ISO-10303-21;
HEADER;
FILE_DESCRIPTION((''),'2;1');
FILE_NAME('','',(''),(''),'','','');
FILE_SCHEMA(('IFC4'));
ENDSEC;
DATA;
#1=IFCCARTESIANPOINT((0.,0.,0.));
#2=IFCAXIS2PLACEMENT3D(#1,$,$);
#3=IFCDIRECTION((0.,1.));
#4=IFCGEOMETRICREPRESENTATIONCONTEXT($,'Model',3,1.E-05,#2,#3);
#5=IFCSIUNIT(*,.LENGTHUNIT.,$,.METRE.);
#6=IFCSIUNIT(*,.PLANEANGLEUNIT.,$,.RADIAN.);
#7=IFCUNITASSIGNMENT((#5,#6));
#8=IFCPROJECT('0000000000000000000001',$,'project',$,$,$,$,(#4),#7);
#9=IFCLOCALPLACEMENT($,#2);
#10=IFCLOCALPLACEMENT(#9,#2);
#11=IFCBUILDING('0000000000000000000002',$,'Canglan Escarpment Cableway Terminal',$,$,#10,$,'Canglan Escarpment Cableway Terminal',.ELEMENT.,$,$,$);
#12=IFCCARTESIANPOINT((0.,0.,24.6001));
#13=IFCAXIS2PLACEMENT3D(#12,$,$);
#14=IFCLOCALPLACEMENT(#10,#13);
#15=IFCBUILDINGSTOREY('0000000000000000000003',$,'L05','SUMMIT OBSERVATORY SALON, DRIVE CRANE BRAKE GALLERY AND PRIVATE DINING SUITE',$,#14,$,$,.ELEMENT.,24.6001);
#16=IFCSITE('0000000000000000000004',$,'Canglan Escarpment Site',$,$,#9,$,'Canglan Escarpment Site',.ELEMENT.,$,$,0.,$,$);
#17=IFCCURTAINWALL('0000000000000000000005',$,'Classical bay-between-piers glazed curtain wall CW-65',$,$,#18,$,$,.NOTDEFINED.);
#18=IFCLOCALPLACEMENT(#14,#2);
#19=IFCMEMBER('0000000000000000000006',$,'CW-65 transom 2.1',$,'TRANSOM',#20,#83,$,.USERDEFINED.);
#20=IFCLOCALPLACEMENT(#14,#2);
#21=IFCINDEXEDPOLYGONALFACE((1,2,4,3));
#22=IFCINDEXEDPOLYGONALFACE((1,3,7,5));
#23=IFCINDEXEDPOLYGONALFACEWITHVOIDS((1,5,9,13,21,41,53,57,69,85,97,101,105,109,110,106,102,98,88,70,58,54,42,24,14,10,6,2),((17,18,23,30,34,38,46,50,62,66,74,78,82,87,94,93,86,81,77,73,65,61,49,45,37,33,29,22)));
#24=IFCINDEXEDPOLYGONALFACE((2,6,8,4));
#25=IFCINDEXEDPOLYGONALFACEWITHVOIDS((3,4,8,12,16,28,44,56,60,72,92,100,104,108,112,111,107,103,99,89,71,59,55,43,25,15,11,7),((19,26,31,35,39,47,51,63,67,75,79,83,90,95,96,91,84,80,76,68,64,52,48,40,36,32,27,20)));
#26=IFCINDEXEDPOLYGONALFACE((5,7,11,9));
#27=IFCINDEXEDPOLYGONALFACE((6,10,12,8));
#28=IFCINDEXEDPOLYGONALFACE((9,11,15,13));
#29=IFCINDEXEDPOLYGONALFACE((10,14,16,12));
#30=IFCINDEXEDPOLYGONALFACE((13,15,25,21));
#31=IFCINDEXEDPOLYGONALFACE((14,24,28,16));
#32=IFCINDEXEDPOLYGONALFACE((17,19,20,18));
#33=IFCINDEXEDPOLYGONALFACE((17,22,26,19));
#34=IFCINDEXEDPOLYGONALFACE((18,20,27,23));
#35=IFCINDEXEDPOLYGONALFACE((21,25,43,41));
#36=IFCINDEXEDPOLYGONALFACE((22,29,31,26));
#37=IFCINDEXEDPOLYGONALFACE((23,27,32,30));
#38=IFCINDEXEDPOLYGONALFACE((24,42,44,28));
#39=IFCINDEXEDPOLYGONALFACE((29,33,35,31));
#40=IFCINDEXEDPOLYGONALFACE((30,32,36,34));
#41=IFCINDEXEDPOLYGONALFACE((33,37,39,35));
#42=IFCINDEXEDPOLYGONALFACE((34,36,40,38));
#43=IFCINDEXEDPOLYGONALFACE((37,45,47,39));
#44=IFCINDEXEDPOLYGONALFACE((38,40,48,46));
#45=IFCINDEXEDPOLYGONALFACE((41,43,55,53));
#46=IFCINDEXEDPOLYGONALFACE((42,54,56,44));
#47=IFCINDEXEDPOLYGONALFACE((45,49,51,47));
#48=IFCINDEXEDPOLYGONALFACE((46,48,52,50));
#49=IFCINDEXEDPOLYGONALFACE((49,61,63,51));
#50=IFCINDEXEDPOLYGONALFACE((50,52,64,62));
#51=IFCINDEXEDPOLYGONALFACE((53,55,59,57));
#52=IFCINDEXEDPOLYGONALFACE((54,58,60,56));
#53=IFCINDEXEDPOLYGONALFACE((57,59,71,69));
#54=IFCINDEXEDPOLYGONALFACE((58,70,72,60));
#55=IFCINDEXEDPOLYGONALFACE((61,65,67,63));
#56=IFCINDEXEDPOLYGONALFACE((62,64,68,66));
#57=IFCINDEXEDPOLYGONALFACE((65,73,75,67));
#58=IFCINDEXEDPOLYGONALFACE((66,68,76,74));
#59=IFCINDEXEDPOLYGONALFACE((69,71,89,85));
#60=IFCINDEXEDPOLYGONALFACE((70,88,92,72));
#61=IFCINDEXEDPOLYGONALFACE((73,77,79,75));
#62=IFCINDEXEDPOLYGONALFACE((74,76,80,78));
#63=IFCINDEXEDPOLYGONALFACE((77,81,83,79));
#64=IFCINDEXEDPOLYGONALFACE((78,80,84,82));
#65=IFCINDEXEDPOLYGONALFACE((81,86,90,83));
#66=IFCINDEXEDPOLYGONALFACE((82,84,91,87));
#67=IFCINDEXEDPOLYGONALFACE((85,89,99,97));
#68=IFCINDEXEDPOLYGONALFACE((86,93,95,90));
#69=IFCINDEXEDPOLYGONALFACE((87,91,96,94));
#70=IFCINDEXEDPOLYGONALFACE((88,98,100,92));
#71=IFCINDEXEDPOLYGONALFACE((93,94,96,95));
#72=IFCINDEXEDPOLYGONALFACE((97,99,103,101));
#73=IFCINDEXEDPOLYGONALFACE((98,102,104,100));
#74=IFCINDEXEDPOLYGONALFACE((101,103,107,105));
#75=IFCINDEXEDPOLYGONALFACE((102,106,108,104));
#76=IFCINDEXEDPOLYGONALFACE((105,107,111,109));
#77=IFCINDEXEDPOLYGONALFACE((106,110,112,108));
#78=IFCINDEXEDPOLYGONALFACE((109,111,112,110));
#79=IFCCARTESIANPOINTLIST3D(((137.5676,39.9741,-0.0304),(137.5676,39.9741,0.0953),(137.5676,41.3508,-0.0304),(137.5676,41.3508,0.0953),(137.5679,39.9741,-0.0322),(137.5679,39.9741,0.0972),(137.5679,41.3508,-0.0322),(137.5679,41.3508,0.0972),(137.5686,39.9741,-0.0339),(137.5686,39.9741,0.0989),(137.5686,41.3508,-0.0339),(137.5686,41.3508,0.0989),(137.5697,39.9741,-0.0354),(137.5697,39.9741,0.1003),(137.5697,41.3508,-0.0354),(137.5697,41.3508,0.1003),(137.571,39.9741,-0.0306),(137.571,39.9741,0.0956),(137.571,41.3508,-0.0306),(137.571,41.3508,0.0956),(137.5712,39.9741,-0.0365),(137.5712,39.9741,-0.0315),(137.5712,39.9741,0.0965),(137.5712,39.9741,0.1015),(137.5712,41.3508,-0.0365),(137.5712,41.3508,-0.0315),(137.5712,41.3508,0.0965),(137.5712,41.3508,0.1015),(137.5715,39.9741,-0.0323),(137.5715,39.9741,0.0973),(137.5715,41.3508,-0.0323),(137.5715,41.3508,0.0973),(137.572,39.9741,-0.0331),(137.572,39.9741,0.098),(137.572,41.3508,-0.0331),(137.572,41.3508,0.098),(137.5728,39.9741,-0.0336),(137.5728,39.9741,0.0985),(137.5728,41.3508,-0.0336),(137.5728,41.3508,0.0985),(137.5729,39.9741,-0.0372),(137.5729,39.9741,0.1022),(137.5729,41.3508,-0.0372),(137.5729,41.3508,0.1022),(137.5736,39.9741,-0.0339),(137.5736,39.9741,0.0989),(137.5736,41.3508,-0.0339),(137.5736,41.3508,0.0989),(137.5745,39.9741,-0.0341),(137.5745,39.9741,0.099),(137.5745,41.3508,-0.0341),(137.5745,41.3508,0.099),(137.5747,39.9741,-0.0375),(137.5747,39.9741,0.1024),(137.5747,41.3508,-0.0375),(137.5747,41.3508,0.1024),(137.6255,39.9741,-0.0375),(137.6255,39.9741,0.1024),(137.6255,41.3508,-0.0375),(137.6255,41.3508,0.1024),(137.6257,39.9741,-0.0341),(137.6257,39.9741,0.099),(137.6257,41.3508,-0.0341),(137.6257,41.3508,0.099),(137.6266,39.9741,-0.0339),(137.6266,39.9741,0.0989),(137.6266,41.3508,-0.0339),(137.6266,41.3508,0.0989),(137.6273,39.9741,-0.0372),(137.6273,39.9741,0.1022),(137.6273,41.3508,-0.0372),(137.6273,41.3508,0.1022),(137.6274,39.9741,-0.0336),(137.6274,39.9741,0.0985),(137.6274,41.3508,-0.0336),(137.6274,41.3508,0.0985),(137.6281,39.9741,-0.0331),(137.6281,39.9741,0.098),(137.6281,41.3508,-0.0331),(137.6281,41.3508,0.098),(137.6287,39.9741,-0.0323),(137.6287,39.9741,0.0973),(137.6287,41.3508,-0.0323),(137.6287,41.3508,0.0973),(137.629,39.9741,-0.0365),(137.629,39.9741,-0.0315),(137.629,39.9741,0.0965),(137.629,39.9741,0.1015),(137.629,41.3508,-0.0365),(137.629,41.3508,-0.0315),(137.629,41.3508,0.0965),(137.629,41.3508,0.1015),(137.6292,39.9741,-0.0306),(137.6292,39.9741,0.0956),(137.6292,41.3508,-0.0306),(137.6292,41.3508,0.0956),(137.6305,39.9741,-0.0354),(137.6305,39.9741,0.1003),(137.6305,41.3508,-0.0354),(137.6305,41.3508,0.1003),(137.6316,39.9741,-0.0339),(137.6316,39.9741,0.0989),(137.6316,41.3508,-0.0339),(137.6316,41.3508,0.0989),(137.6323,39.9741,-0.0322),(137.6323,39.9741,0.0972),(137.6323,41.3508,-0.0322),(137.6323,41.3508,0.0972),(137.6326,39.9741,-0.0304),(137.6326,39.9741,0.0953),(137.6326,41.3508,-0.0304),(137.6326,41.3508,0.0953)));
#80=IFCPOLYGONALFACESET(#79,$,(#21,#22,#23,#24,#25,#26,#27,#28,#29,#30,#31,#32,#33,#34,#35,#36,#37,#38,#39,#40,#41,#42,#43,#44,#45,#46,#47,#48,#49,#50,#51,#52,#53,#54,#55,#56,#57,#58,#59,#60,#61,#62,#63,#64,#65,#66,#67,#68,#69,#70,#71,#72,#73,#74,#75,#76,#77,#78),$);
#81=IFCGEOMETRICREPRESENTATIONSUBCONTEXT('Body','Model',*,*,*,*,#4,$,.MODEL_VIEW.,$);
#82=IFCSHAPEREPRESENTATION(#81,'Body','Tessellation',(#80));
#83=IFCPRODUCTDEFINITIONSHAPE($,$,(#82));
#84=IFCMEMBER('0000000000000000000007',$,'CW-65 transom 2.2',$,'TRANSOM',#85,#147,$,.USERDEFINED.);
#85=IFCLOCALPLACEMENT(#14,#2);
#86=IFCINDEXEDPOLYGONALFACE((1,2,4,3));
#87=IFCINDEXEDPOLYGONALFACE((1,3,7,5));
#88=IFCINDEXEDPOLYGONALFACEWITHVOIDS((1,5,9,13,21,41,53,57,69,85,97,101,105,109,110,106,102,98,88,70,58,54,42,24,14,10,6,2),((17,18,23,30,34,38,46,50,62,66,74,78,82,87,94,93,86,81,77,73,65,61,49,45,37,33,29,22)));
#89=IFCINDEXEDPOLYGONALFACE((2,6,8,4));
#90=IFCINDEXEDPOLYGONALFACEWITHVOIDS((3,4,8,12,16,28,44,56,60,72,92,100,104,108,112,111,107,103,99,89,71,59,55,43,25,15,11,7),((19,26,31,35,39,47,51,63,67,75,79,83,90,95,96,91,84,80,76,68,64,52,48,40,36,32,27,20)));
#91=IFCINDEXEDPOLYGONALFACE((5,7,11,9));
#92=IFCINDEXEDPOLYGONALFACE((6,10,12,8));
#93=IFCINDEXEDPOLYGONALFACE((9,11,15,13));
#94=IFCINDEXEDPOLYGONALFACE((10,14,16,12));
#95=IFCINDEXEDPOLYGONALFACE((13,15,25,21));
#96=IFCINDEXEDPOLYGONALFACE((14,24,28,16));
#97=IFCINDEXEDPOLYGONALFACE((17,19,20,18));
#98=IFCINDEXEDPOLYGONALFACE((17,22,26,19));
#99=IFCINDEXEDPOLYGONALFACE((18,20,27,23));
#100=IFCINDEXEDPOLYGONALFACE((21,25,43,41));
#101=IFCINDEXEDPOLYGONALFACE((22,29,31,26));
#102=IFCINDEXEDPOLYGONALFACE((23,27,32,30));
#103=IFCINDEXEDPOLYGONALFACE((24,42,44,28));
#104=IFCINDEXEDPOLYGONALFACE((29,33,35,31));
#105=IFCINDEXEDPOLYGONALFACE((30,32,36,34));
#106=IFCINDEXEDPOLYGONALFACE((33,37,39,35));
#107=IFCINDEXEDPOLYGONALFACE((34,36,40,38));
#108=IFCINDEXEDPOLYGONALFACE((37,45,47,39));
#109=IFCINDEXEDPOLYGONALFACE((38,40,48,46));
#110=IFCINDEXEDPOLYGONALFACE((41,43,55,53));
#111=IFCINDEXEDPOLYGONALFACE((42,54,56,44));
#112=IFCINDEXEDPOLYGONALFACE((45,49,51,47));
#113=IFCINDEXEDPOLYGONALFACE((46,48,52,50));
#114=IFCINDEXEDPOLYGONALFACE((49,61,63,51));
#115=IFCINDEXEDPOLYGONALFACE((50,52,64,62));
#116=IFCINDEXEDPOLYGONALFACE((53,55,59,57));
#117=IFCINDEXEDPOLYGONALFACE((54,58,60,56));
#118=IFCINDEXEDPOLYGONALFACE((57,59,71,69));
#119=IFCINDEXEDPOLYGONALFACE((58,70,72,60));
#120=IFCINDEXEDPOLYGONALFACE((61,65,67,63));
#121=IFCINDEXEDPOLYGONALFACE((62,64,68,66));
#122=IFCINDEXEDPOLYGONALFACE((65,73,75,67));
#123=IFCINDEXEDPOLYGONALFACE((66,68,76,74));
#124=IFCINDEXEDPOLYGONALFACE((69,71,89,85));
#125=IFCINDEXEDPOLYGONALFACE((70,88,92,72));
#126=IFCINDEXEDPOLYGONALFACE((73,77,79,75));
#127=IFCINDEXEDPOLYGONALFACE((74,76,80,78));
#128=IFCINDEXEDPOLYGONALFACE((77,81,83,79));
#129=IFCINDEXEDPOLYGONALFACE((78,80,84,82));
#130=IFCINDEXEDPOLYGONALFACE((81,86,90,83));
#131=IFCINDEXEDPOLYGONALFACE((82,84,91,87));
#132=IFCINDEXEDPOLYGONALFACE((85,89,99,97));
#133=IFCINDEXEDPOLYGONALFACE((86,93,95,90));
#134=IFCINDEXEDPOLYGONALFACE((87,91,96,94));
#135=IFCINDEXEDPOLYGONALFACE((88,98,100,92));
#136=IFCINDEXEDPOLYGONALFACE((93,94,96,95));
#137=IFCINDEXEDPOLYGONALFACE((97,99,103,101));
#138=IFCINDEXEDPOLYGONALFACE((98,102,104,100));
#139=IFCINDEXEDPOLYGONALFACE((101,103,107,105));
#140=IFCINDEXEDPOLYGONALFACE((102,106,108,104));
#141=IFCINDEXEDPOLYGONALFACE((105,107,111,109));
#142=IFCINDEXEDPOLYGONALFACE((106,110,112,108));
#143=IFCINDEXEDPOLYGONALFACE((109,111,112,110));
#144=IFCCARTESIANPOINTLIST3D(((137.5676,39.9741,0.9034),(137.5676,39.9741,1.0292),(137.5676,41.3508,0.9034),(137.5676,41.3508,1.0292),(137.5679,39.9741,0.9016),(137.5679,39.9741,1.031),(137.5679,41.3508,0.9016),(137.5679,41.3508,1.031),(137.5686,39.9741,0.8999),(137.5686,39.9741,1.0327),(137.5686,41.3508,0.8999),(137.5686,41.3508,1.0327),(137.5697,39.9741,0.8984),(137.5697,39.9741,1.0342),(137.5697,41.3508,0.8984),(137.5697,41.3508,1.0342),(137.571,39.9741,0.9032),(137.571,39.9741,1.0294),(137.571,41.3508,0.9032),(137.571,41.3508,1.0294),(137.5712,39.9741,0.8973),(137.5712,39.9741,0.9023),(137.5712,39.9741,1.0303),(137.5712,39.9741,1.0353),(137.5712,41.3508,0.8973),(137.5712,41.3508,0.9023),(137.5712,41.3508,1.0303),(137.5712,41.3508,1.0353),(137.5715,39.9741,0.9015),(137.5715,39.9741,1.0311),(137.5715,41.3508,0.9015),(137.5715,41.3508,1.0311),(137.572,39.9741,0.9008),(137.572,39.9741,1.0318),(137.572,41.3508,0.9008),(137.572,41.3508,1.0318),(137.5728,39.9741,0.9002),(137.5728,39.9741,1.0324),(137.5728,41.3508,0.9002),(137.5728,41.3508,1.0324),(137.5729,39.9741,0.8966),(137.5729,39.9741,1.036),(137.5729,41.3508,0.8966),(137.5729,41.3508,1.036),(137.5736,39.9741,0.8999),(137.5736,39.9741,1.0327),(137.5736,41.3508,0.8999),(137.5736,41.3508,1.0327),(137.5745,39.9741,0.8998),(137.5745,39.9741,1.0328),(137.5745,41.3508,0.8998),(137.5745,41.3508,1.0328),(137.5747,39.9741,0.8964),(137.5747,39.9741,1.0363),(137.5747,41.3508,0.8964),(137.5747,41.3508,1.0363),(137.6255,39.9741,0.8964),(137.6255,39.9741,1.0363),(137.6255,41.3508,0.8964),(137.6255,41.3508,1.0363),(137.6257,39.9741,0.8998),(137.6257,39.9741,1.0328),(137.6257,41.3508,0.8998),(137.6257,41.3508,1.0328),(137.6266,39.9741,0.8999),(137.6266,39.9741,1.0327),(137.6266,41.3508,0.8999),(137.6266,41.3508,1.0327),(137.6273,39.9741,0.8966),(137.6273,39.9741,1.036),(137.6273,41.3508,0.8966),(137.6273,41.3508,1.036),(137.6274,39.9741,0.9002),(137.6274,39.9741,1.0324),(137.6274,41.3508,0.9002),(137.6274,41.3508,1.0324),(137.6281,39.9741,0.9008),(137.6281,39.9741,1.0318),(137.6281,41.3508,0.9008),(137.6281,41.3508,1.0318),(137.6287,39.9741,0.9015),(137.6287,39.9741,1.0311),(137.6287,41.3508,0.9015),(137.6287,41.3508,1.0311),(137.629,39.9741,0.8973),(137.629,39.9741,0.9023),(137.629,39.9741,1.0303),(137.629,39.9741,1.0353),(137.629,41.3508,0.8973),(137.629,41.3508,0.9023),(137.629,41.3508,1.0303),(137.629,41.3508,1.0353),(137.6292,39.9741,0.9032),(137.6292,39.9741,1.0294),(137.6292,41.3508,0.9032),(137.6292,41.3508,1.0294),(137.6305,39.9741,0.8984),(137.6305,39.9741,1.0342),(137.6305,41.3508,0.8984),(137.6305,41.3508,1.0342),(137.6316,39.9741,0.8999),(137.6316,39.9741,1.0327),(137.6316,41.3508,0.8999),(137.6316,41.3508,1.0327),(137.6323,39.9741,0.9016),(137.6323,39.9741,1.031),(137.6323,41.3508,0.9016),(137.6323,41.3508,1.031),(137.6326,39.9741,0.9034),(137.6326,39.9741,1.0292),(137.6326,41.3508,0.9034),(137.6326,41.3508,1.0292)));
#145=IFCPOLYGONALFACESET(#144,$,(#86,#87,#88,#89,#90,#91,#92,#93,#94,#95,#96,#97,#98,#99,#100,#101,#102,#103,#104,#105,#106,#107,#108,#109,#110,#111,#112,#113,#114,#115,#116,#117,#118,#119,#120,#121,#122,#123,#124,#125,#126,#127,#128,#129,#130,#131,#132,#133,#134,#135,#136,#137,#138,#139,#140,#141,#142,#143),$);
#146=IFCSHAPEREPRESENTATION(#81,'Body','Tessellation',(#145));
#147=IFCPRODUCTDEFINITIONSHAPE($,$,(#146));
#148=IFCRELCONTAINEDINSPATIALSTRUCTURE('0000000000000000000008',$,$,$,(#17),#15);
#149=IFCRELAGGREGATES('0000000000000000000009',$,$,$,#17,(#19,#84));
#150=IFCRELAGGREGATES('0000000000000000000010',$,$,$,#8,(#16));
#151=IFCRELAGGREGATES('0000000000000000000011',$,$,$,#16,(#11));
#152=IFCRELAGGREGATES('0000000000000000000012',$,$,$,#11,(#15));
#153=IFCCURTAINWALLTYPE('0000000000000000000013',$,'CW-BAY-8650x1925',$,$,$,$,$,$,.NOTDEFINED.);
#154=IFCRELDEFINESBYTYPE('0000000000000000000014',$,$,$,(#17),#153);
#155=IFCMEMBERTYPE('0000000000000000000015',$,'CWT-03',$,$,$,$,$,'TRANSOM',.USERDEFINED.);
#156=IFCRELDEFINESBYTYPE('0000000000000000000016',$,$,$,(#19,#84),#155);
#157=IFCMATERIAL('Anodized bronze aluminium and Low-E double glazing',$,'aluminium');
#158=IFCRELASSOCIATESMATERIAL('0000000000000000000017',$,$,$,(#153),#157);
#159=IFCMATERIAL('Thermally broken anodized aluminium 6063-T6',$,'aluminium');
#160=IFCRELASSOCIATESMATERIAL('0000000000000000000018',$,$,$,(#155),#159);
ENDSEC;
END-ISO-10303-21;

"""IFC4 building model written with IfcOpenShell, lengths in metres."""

from ifc_helpers import new_model, si_unit, direction, frame, origin, origin_2d, place, context, subcontext, project, spatial, hollow_rectangle, extrude, material, material_profile, profile_set, type_object, element, aggregate, save


model = new_model("IFC4")

# Units and contexts
model_context = context("Model", 3, precision=1e-05, world=origin(), true_north=direction((0.0, 1.0)))
body_context = subcontext(model_context, "Body", "Model", "MODEL_VIEW")
ifc_project = project(units=[si_unit("LENGTHUNIT", "METRE"), si_unit("PLANEANGLEUNIT", "RADIAN")], contexts=[model_context])

# Site, building, storey
site_placement = place(None, origin())
site = spatial("IfcSite", under=ifc_project, at=site_placement, Name="Canglan Escarpment Site", LongName="Canglan Escarpment Site", CompositionType="ELEMENT", RefElevation=0.0)
building_placement = place(site_placement, origin())
building = spatial("IfcBuilding", under=site, at=building_placement, Name="Canglan Escarpment Cableway Terminal", LongName="Canglan Escarpment Cableway Terminal", CompositionType="ELEMENT")
storey_placement = place(building_placement, frame((0.0, 0.0, 24.6001)))
storey = spatial("IfcBuildingStorey", under=building, at=storey_placement, Name="L05", Description="SUMMIT OBSERVATORY SALON, DRIVE CRANE BRAKE GALLERY AND PRIVATE DINING SUITE", CompositionType="ELEMENT", Elevation=24.6001)

# Curtain wall
ifc_material_1 = material(Name="Anodized bronze aluminium and Low-E double glazing", Category="aluminium")
curtain_wall_type = type_object("IfcCurtainWallType", Name="CW-BAY-8650x1925", PredefinedType="NOTDEFINED", material=ifc_material_1)
ifc_material_2 = material(Name="Thermally broken anodized aluminium 6063-T6", Category="aluminium")
curtain_wall_1_placement = place(storey_placement, origin())
curtain_wall_1 = element("IfcCurtainWall", 1, at=curtain_wall_1_placement, inside=storey, type_object=curtain_wall_type, Name="Classical bay-between-piers glazed curtain wall CW-65", PredefinedType="NOTDEFINED")

# Members
ifc_material_profile_1 = material_profile(ifc_material_2, hollow_rectangle(XDim=0.0649, YDim=0.1399, WallThickness=0.0034, InnerFilletRadius=0.0034, OuterFilletRadius=0.0071, at=origin_2d()), Name="ALU-TRAN 65x140x3.5")
ifc_profile_set_1 = profile_set([ifc_material_profile_1], Name="Thermally broken anodized aluminium 6063-T6")
member_type_1 = type_object("IfcMemberType", Name="CWT-03", ElementType="TRANSOM", PredefinedType="USERDEFINED", material=ifc_profile_set_1)
member_1_placement = place(storey_placement, frame((137.6001, 41.3508, 0.0325), z_axis=(0.0, -1.0, 0.0), x_axis=(1.0, 0.0, 0.0)))
member_1 = element("IfcMember", 2, at=member_1_placement, type_object=member_type_1, Name="CW-65 transom 2.1", ObjectType="TRANSOM", PredefinedType="USERDEFINED", context=body_context, shape_type="SweptSolid", body=[
    extrude(hollow_rectangle(XDim=0.0649, YDim=0.1399, WallThickness=0.0034, InnerFilletRadius=0.0034, OuterFilletRadius=0.0071, at=origin_2d()), origin(), (0.0, 0.0, 1.0), 1.3767),
])
member_2_placement = place(storey_placement, frame((137.6001, 41.3508, 0.9663), z_axis=(0.0, -1.0, 0.0), x_axis=(1.0, 0.0, 0.0)))
member_2 = element("IfcMember", 3, at=member_2_placement, type_object=member_type_1, Name="CW-65 transom 2.2", ObjectType="TRANSOM", PredefinedType="USERDEFINED", context=body_context, shape_type="SweptSolid", body=[
    extrude(hollow_rectangle(XDim=0.0649, YDim=0.1399, WallThickness=0.0034, InnerFilletRadius=0.0034, OuterFilletRadius=0.0071, at=origin_2d()), origin(), (0.0, 0.0, 1.0), 1.3767),
])

aggregate(curtain_wall_1, [member_1, member_2])

save(model, "model.ifc")
